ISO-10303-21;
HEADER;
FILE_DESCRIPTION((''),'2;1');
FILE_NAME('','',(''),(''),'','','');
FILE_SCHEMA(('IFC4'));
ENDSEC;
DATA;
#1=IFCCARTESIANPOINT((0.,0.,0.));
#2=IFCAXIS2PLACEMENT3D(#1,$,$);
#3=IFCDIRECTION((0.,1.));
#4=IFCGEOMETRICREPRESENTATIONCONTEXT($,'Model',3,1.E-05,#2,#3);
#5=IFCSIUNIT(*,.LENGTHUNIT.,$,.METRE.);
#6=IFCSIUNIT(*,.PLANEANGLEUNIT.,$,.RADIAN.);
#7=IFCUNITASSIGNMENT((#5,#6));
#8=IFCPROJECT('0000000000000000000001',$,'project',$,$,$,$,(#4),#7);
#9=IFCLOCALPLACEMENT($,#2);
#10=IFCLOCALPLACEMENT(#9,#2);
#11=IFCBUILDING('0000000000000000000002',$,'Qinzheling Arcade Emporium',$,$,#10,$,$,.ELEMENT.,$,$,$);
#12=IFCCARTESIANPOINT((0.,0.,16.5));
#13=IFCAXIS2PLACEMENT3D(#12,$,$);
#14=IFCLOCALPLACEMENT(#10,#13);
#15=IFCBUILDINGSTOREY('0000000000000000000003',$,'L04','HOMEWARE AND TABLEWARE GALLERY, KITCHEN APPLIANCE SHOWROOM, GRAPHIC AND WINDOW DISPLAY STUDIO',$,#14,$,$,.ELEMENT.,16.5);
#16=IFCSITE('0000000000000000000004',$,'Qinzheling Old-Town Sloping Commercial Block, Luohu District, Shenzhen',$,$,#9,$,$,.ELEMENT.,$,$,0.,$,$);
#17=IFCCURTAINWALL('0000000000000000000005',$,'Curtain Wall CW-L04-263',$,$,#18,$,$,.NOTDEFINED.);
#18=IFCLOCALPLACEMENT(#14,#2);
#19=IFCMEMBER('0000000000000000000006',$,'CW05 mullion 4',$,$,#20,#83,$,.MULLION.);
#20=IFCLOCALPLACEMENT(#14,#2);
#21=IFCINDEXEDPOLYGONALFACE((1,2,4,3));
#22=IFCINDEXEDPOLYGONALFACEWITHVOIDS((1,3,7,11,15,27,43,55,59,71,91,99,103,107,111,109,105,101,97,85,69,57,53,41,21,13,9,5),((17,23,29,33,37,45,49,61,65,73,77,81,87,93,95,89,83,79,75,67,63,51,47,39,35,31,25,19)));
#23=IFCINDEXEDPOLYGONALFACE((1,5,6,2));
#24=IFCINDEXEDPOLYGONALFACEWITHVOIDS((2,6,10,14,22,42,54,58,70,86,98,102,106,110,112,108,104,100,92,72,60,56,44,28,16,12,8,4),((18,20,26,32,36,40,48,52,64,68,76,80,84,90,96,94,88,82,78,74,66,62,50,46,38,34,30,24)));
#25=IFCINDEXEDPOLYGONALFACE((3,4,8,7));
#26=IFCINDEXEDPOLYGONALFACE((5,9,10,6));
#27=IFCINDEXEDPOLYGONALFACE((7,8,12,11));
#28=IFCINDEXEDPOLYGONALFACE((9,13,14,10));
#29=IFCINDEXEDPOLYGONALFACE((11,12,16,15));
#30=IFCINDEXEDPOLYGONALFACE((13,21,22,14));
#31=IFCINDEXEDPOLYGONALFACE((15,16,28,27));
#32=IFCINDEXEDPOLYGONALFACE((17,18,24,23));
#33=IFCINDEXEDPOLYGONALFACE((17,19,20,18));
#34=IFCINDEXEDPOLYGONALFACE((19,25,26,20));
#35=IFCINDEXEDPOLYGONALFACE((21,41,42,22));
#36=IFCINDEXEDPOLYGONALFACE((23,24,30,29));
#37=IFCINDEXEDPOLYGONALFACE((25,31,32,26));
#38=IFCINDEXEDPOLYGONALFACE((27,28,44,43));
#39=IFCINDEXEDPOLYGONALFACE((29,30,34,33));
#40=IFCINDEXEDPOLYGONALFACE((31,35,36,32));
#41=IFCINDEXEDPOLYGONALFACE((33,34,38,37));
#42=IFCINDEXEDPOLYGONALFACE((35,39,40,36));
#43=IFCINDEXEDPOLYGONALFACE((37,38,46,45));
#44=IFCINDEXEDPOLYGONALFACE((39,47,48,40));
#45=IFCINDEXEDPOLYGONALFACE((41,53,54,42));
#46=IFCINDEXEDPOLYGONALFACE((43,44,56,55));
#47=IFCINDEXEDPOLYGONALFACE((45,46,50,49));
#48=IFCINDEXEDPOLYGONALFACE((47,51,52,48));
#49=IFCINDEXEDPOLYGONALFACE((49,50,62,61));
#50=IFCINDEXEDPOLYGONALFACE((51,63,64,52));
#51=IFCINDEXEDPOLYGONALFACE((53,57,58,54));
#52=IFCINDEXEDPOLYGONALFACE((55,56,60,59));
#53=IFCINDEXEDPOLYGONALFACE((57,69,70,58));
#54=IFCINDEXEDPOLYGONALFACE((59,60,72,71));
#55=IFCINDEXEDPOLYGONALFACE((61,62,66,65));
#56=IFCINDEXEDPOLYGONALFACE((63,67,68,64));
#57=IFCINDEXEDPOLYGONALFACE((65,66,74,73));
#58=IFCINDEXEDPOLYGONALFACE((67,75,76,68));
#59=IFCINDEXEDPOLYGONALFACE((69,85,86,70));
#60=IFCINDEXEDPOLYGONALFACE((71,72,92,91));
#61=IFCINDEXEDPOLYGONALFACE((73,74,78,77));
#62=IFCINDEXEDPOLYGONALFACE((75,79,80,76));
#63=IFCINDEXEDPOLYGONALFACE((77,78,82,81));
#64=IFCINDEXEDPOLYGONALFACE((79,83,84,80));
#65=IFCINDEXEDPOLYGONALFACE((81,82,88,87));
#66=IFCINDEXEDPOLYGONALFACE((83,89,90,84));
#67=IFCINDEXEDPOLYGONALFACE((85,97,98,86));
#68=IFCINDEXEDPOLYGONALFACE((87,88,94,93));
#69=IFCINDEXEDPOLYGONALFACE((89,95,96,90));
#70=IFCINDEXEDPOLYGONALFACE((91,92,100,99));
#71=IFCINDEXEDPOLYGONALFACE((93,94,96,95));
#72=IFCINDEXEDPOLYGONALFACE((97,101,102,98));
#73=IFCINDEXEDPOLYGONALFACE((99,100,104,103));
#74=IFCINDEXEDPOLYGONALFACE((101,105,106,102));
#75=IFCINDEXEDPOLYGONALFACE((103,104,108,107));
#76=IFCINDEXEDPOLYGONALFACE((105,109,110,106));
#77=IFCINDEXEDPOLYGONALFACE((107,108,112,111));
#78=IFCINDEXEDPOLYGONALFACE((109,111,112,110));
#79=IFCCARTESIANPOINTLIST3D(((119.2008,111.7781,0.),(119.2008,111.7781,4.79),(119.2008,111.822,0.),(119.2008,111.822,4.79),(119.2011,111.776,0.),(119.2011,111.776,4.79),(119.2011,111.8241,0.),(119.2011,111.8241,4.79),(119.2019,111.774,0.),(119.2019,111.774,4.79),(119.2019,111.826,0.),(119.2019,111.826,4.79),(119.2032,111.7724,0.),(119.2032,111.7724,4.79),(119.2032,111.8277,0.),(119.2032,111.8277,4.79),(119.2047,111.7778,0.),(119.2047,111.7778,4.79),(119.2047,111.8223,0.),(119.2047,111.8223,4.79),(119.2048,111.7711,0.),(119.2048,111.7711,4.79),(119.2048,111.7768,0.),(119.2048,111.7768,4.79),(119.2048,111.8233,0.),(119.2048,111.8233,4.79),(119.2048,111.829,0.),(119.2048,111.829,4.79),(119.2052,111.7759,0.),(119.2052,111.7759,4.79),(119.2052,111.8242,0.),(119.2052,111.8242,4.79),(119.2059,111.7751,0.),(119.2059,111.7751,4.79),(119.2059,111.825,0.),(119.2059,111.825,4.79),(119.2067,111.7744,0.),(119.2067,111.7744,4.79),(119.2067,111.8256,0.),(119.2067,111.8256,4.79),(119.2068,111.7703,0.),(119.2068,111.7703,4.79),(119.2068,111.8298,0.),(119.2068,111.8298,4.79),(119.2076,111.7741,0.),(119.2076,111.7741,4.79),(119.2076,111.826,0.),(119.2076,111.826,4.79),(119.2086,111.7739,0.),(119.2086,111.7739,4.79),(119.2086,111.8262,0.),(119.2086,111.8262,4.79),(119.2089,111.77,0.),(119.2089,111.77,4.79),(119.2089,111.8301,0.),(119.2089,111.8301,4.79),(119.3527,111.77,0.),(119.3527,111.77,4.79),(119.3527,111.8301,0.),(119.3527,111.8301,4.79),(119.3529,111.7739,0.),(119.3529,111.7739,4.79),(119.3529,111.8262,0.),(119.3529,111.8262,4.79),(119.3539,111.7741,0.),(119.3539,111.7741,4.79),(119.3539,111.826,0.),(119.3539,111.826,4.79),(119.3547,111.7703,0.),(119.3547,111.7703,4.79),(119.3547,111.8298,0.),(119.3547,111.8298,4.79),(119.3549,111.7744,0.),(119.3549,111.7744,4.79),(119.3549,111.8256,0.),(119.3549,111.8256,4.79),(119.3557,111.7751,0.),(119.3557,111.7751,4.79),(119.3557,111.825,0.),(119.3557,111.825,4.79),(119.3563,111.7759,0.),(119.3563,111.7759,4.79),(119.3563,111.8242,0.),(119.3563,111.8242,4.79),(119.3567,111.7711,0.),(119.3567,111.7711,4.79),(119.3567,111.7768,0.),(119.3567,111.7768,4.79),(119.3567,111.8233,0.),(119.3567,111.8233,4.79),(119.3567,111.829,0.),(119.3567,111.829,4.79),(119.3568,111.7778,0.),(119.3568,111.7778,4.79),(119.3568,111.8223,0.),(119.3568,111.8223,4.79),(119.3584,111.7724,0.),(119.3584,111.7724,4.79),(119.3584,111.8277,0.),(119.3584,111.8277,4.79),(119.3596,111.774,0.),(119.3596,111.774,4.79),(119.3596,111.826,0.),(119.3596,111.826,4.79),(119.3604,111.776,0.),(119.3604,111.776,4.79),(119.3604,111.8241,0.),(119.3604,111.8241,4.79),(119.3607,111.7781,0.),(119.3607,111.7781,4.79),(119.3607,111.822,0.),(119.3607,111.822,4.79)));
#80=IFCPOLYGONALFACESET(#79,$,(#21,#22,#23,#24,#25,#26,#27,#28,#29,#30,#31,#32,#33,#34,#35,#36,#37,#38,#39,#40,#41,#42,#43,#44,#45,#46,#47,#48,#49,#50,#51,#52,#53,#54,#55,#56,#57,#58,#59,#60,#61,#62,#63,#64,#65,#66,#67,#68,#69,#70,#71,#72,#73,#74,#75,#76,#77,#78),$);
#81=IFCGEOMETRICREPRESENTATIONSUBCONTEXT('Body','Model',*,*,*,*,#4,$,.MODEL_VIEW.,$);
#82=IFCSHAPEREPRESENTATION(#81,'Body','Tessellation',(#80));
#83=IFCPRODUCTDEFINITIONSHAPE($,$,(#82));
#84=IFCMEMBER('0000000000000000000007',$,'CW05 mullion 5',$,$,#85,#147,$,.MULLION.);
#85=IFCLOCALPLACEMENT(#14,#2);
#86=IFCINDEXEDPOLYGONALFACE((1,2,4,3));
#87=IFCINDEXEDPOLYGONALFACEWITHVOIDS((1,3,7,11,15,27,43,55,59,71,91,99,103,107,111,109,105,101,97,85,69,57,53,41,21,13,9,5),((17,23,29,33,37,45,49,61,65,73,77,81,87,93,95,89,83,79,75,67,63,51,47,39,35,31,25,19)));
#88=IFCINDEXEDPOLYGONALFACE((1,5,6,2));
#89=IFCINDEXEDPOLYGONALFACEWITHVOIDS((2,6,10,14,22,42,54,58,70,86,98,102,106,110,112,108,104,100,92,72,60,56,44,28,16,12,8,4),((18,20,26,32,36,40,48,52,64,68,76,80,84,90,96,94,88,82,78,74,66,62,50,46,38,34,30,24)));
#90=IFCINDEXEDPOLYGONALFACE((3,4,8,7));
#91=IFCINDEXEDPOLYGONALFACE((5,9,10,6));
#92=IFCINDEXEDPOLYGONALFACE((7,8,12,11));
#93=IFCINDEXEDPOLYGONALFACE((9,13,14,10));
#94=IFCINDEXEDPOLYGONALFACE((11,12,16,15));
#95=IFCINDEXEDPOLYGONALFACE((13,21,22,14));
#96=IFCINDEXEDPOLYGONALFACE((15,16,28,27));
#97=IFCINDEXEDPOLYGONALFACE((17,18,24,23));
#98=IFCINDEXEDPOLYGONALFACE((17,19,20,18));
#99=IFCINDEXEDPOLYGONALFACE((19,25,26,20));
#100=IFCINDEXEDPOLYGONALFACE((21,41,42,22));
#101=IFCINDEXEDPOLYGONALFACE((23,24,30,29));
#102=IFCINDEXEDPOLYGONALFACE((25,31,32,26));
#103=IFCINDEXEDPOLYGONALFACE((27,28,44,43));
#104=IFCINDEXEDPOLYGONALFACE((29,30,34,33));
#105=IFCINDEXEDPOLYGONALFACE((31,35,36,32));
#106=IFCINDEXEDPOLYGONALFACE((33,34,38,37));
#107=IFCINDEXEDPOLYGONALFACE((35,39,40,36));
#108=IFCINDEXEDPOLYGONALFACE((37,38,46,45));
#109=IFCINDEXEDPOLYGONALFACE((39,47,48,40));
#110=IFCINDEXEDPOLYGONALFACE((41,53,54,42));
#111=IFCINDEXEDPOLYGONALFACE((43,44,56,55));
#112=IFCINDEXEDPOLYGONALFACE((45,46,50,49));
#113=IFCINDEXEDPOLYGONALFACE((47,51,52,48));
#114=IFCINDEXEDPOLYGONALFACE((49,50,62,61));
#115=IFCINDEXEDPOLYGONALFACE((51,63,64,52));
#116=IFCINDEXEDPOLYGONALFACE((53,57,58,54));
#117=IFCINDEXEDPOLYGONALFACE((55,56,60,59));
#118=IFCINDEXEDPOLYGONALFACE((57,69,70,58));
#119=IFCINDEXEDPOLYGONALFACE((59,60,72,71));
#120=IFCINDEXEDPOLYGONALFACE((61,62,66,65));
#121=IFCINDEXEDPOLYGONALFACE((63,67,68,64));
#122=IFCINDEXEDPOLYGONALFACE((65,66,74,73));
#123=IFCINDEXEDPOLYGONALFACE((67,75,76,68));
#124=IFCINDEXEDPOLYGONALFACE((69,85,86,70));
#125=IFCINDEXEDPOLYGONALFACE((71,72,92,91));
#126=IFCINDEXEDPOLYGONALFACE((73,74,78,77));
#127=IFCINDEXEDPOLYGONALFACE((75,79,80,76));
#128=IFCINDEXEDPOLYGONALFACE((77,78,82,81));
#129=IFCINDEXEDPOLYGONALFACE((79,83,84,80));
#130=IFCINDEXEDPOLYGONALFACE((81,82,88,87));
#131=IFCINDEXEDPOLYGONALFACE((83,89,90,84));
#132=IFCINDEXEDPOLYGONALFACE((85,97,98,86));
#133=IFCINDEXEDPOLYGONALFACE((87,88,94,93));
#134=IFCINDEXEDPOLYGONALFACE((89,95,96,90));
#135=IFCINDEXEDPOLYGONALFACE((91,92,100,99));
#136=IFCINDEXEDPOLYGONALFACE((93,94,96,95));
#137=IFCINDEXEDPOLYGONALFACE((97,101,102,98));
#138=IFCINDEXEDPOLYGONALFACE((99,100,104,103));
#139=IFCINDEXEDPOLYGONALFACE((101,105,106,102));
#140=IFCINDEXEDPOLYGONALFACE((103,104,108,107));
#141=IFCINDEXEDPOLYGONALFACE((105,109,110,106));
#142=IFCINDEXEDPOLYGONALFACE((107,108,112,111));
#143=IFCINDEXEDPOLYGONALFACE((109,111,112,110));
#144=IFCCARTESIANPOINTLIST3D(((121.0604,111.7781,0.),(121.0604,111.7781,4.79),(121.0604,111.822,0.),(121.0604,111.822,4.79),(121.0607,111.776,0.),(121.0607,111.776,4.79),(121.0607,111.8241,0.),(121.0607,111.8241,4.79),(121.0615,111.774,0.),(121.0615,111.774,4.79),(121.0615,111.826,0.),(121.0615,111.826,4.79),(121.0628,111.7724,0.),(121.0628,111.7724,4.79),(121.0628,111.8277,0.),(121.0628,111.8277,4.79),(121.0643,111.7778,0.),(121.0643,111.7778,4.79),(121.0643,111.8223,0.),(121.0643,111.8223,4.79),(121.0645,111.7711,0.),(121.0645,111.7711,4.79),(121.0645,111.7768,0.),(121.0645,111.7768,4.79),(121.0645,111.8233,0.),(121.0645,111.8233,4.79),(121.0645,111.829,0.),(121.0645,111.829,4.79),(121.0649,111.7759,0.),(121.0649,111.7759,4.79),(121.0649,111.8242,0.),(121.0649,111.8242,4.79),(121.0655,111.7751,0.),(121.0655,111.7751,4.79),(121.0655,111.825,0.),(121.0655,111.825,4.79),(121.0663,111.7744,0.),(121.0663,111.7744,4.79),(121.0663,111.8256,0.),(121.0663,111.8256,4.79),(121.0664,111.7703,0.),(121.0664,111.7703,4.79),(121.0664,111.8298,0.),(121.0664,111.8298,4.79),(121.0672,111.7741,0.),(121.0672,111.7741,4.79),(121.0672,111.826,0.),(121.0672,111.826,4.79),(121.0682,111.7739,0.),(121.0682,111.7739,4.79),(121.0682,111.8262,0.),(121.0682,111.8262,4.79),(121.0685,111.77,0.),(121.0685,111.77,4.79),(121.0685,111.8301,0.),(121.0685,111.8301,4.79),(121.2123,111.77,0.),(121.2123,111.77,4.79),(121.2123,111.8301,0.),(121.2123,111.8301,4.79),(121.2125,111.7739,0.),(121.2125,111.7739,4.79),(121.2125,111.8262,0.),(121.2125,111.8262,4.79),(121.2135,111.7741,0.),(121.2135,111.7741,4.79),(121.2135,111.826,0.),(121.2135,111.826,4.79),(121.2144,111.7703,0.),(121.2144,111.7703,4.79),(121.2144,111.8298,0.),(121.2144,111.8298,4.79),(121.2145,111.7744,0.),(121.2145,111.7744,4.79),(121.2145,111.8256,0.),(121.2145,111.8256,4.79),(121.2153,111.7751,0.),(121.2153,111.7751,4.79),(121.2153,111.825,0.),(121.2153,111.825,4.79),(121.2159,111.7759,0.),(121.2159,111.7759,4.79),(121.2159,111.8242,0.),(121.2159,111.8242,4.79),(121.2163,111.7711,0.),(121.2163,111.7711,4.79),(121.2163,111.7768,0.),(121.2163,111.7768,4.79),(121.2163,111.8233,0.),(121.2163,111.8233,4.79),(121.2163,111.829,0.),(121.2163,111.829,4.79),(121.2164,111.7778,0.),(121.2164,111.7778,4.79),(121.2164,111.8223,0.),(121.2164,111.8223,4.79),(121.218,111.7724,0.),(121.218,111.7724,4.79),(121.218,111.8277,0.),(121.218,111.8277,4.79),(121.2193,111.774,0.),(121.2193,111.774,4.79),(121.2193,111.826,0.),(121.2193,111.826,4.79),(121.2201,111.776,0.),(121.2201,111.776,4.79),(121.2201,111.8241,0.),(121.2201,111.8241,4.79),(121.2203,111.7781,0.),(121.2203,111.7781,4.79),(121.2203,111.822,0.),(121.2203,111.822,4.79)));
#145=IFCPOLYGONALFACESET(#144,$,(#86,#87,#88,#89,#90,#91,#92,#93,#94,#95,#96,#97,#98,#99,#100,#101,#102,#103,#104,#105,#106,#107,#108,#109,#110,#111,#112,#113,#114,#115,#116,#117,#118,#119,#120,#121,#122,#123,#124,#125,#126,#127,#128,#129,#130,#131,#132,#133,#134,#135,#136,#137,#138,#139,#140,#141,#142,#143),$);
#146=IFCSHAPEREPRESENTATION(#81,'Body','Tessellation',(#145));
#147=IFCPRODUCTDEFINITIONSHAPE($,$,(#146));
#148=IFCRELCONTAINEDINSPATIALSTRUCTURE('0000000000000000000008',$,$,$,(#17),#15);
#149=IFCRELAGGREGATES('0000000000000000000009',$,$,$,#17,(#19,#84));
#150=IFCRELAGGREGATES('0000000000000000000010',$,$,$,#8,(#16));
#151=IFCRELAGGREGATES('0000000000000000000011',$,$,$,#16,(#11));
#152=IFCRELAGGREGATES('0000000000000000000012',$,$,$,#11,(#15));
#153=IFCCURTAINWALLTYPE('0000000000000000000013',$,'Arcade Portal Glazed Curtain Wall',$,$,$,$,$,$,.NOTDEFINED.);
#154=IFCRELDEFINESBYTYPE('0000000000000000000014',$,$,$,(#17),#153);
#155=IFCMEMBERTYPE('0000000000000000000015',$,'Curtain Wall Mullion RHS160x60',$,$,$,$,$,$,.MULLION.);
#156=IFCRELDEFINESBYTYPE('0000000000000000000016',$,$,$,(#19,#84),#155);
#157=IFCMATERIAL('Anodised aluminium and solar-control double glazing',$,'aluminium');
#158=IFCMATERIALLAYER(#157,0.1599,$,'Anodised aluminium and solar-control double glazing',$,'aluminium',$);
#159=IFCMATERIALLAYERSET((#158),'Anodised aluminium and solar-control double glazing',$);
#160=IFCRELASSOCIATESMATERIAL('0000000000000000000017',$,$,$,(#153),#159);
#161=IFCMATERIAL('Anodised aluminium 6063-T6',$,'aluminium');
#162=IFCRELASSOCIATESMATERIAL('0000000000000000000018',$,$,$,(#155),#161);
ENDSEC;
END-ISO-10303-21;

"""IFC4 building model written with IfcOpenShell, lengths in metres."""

from ifc_helpers import new_model, si_unit, direction, frame, origin, origin_2d, place, context, subcontext, project, spatial, hollow_rectangle, extrude, material, layer, layer_set, material_profile, profile_set, type_object, element, aggregate, save


model = new_model("IFC4")

# Units and contexts
model_context = context("Model", 3, precision=1e-05, world=origin(), true_north=direction((0.0, 1.0)))
body_context = subcontext(model_context, "Body", "Model", "MODEL_VIEW")
ifc_project = project(units=[si_unit("LENGTHUNIT", "METRE"), si_unit("PLANEANGLEUNIT", "RADIAN")], contexts=[model_context])

# Site, building, storey
site_placement = place(None, origin())
site = spatial("IfcSite", under=ifc_project, at=site_placement, Name="Qinzheling Old-Town Sloping Commercial Block, Luohu District, Shenzhen", CompositionType="ELEMENT", RefElevation=0.0)
building_placement = place(site_placement, origin())
building = spatial("IfcBuilding", under=site, at=building_placement, Name="Qinzheling Arcade Emporium", CompositionType="ELEMENT")
storey_placement = place(building_placement, frame((0.0, 0.0, 16.5)))
storey = spatial("IfcBuildingStorey", under=building, at=storey_placement, Name="L04", Description="HOMEWARE AND TABLEWARE GALLERY, KITCHEN APPLIANCE SHOWROOM, GRAPHIC AND WINDOW DISPLAY STUDIO", CompositionType="ELEMENT", Elevation=16.5)

# Curtain wall, members
ifc_material_1 = material(Name="Anodised aluminium and solar-control double glazing", Category="aluminium")
ifc_layer_1 = layer(ifc_material_1, 0.1599, Name="Anodised aluminium and solar-control double glazing", Category="aluminium")
ifc_layer_set_1 = layer_set([ifc_layer_1], Name="Anodised aluminium and solar-control double glazing")
curtain_wall_type = type_object("IfcCurtainWallType", Name="Arcade Portal Glazed Curtain Wall", PredefinedType="NOTDEFINED", material=ifc_layer_set_1)
curtain_wall_placement = place(storey_placement, origin())
curtain_wall = element("IfcCurtainWall", 1, at=curtain_wall_placement, inside=storey, type_object=curtain_wall_type, Name="Curtain Wall CW-L04-263", PredefinedType="NOTDEFINED")
ifc_material_2 = material(Name="Anodised aluminium 6063-T6", Category="aluminium")
ifc_material_profile_1 = material_profile(ifc_material_2, hollow_rectangle(XDim=0.0601, YDim=0.1599, WallThickness=0.0039, InnerFilletRadius=0.0039, OuterFilletRadius=0.0081, at=origin_2d()), Name="RHS 160x60x4", Category="aluminium")
ifc_profile_set_1 = profile_set([ifc_material_profile_1], Name="Anodised aluminium 6063-T6")
member_type_1 = type_object("IfcMemberType", Name="Curtain Wall Mullion RHS160x60", PredefinedType="MULLION", material=ifc_profile_set_1)
member_1_placement = place(storey_placement, frame((119.2808, 111.8, 0.0), z_axis=(0.0, 0.0, 1.0), x_axis=(0.0, 1.0, 0.0)))
member_1 = element("IfcMember", 2, at=member_1_placement, type_object=member_type_1, Name="CW05 mullion 4", PredefinedType="MULLION", context=body_context, shape_type="SweptSolid", body=[
    extrude(hollow_rectangle(XDim=0.0601, YDim=0.1599, WallThickness=0.0039, InnerFilletRadius=0.0039, OuterFilletRadius=0.0081, at=origin_2d()), origin(), (0.0, 0.0, 1.0), 4.79),
])
member_2_placement = place(storey_placement, frame((121.1404, 111.8, 0.0), z_axis=(0.0, 0.0, 1.0), x_axis=(0.0, 1.0, 0.0)))
member_2 = element("IfcMember", 3, at=member_2_placement, type_object=member_type_1, Name="CW05 mullion 5", PredefinedType="MULLION", context=body_context, shape_type="SweptSolid", body=[
    extrude(hollow_rectangle(XDim=0.0601, YDim=0.1599, WallThickness=0.0039, InnerFilletRadius=0.0039, OuterFilletRadius=0.0081, at=origin_2d()), origin(), (0.0, 0.0, 1.0), 4.79),
])
aggregate(curtain_wall, [member_1, member_2])

save(model, "model.ifc")
